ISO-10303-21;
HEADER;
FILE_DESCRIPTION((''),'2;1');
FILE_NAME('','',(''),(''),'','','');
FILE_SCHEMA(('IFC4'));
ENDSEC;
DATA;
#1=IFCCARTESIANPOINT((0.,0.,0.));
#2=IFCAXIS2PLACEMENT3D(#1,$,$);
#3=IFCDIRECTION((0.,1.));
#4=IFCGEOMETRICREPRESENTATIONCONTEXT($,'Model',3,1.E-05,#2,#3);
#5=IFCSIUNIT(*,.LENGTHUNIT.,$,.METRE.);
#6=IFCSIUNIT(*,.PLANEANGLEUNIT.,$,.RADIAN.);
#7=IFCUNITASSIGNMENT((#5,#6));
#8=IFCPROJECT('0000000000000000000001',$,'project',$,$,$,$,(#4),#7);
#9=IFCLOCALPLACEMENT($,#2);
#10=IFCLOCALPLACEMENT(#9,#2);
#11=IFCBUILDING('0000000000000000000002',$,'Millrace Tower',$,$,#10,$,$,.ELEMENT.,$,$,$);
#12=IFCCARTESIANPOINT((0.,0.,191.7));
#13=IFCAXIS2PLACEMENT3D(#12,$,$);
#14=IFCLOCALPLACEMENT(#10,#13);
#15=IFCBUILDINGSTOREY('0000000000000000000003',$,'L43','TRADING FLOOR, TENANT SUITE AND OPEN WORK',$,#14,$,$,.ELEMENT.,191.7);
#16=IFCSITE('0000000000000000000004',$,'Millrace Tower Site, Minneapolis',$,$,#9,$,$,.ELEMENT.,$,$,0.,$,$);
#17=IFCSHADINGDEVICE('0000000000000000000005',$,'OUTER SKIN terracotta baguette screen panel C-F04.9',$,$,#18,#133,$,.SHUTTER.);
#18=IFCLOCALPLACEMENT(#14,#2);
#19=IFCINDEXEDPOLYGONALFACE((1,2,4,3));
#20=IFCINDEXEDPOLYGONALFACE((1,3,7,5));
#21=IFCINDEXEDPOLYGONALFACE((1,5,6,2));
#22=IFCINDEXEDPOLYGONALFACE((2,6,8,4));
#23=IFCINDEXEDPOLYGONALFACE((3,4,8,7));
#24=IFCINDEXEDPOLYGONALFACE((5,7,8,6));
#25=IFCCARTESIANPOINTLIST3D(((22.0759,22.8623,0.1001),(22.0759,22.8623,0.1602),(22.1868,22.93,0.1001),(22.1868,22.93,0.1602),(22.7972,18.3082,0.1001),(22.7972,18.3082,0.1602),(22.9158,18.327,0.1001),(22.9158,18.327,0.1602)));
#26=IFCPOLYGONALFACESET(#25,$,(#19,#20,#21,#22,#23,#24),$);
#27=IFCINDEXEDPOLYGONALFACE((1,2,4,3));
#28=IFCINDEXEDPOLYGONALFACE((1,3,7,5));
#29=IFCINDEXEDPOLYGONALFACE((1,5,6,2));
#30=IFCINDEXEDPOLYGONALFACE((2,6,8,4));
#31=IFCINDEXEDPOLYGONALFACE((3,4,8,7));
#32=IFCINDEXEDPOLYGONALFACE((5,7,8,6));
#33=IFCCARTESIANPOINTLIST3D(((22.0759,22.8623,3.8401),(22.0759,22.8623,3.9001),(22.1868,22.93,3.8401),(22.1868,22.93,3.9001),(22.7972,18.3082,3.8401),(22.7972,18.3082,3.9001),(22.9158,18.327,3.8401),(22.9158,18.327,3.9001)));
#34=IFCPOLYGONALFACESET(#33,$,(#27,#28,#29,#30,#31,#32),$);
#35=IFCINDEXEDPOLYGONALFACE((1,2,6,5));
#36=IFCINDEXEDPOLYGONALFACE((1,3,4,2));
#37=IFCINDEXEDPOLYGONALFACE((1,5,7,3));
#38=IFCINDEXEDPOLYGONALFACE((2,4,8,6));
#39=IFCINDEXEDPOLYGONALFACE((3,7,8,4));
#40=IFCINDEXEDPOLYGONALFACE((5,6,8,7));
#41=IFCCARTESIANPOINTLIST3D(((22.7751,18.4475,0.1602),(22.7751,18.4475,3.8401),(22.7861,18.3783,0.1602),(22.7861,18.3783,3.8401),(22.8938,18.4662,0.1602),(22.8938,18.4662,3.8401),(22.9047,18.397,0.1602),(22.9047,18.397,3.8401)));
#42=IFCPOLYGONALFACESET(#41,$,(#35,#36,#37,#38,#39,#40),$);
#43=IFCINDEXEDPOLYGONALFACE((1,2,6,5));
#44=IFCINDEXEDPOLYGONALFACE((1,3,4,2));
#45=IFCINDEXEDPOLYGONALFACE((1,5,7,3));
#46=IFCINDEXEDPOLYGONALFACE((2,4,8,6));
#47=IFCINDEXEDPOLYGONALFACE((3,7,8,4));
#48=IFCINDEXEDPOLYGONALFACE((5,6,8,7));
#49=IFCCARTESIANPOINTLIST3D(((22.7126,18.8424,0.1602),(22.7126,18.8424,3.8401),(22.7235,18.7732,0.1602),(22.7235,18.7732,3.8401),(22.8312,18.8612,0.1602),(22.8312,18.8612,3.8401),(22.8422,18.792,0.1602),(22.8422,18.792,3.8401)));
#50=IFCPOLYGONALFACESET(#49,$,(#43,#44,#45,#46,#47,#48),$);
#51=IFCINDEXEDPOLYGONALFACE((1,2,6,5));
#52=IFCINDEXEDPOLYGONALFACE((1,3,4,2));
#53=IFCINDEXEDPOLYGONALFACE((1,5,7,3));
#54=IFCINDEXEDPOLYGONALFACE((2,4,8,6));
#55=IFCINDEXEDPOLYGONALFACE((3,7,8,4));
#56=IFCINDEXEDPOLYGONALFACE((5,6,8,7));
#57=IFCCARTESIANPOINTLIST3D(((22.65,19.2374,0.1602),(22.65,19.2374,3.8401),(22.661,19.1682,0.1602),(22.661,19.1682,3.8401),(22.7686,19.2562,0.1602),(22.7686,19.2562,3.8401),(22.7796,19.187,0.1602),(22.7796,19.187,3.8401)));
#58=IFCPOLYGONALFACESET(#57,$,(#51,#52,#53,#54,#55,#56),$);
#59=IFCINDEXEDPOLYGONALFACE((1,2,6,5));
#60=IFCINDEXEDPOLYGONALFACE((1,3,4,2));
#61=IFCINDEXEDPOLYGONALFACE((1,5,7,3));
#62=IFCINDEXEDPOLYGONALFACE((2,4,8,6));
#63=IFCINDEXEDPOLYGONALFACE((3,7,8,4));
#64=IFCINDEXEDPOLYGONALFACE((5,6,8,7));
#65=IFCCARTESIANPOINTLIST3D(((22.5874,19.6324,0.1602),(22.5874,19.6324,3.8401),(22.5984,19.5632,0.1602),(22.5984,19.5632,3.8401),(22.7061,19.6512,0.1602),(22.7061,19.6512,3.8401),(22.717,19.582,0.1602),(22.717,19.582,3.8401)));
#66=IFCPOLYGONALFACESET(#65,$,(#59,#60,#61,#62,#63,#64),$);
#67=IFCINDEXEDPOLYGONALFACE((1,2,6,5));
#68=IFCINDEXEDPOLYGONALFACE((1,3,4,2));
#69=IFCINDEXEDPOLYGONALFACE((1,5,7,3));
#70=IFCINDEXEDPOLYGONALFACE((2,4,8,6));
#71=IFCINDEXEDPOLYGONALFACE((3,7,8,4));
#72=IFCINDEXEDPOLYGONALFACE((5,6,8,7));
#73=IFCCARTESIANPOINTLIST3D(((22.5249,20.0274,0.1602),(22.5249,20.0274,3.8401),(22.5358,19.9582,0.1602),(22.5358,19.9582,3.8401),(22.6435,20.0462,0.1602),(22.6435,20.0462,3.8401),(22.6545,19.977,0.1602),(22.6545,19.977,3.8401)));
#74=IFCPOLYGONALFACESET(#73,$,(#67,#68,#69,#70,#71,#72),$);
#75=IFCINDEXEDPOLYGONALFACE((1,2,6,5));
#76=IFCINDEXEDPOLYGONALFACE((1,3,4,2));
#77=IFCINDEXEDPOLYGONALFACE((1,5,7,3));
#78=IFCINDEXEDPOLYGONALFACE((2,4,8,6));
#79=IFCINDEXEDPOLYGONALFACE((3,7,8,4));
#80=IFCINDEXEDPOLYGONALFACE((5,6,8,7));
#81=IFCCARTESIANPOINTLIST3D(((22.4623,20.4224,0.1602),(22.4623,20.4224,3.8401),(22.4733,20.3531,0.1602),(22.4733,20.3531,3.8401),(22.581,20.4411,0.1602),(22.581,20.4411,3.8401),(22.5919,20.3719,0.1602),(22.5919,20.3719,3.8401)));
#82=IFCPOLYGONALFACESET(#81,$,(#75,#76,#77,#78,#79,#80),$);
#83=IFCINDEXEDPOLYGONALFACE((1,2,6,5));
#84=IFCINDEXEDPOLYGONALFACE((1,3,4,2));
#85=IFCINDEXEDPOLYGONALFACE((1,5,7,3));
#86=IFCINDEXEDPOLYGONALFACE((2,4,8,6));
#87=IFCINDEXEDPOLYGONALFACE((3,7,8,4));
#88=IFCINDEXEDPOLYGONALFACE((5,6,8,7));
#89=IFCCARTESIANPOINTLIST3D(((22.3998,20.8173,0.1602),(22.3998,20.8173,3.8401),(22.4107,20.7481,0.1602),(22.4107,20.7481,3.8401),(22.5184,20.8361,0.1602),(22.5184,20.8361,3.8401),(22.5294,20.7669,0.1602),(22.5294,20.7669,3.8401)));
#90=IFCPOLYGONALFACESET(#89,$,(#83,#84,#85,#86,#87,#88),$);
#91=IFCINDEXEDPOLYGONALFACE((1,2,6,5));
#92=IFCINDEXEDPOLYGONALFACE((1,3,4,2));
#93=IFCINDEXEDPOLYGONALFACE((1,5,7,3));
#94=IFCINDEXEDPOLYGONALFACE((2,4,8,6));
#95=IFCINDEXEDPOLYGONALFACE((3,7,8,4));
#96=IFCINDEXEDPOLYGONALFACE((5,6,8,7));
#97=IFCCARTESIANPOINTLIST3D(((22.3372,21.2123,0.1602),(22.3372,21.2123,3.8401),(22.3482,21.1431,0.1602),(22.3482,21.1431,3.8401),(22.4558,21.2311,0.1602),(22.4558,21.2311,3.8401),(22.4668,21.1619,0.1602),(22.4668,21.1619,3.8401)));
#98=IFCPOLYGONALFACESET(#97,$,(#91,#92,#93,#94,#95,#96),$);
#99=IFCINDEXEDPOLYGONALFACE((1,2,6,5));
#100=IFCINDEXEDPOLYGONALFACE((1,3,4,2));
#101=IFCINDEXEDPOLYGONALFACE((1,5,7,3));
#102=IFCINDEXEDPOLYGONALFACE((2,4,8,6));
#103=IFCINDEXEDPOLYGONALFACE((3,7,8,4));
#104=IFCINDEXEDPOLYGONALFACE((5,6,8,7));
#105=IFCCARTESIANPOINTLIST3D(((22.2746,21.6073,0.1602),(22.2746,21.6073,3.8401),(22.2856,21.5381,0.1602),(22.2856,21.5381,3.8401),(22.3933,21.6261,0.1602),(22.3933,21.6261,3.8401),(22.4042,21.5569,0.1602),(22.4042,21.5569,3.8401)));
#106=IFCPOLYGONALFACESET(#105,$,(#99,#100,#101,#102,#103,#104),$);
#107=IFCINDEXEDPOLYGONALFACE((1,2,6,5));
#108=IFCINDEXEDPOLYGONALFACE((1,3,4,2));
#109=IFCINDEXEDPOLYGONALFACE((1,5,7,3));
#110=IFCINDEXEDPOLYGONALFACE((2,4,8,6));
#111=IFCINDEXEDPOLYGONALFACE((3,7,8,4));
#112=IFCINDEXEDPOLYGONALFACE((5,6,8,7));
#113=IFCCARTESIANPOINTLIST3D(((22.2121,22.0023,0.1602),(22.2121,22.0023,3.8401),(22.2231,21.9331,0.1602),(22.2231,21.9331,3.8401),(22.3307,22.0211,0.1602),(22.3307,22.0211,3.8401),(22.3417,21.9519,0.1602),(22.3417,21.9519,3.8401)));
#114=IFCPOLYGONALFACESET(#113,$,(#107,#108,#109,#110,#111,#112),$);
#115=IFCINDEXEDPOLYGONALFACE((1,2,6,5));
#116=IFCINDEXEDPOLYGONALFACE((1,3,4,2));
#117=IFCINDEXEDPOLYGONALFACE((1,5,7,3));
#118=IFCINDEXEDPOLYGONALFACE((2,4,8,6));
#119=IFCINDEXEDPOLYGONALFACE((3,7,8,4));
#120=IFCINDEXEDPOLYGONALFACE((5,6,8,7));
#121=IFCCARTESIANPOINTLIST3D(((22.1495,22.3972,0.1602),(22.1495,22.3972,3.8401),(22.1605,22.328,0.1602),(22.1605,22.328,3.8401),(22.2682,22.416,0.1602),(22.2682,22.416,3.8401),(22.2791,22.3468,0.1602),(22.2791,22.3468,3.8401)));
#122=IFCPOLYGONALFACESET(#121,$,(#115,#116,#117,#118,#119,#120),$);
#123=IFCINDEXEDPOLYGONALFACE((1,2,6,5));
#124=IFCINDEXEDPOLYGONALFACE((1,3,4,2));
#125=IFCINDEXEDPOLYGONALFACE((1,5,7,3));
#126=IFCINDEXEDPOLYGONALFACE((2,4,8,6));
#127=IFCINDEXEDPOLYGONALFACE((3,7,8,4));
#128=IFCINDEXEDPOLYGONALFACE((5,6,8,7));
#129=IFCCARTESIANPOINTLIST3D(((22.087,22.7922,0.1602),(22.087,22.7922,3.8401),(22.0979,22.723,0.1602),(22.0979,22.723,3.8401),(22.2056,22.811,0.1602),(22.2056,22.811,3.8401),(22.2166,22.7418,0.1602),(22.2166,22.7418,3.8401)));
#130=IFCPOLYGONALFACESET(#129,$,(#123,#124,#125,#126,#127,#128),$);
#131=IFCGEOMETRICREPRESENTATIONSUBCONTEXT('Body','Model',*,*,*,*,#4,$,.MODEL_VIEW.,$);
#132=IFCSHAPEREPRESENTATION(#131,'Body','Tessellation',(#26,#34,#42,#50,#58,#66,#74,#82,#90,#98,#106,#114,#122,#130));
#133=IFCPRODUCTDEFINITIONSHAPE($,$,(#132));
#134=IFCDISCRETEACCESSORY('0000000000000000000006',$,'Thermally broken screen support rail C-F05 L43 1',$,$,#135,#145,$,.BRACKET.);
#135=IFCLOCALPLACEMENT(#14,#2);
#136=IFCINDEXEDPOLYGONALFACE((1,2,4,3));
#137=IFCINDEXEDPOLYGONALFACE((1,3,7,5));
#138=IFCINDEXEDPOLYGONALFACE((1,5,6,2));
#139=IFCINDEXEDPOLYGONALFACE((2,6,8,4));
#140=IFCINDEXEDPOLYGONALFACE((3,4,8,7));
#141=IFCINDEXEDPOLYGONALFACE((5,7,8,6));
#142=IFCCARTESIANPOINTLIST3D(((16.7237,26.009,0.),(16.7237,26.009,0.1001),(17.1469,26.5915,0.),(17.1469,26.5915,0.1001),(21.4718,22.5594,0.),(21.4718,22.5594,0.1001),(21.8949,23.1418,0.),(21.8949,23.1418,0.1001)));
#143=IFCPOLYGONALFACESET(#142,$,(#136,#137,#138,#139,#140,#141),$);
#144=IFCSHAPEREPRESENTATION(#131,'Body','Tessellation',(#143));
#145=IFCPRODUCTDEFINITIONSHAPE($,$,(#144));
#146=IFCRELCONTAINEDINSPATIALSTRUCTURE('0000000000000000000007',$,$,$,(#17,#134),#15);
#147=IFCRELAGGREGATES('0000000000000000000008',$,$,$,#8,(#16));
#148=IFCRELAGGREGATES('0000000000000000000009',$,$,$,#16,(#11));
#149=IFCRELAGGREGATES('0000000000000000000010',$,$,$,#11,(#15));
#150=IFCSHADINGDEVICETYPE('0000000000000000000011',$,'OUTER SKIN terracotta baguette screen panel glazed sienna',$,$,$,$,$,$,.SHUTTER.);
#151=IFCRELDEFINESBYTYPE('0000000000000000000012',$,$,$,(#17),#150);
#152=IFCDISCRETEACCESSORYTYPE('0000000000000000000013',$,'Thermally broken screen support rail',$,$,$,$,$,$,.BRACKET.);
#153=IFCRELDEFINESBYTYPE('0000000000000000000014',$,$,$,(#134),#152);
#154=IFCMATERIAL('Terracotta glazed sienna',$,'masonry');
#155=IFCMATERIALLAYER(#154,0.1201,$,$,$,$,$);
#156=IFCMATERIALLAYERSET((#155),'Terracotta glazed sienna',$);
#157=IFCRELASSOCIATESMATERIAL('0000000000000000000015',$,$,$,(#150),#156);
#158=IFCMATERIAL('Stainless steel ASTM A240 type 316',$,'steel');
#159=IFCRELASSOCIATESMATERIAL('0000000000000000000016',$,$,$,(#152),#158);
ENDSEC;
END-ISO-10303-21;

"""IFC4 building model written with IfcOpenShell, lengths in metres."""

from ifc_helpers import new_model, entity, si_unit, direction, frame, frame_2d, origin, origin_2d, place, context, subcontext, project, spatial, rectangle, extrude, source, transform, mapped, material, layer, layer_set, type_object, element, save


model = new_model("IFC4")

# Units and contexts
model_context = context("Model", 3, precision=1e-05, world=origin(), true_north=direction((0.0, 1.0)))
body_context = subcontext(model_context, "Body", "Model", "MODEL_VIEW")
ifc_project = project(units=[si_unit("LENGTHUNIT", "METRE"), si_unit("PLANEANGLEUNIT", "RADIAN")], contexts=[model_context])

# Site, building, storey
site_placement = place(None, origin())
site = spatial("IfcSite", under=ifc_project, at=site_placement, Name="Millrace Tower Site, Minneapolis", CompositionType="ELEMENT", RefElevation=0.0)
building_placement = place(site_placement, origin())
building = spatial("IfcBuilding", under=site, at=building_placement, Name="Millrace Tower", CompositionType="ELEMENT")
storey_placement = place(building_placement, frame((0.0, 0.0, 191.7)))
storey = spatial("IfcBuildingStorey", under=building, at=storey_placement, Name="L43", Description="TRADING FLOOR, TENANT SUITE AND OPEN WORK", CompositionType="ELEMENT", Elevation=191.7)

# Shading device
ifc_material_1 = material(Name="Terracotta glazed sienna", Category="masonry")
ifc_layer_1 = layer(ifc_material_1, 0.1201)
ifc_layer_set_1 = layer_set([ifc_layer_1], Name="Terracotta glazed sienna")
shading_device_type = type_object("IfcShadingDeviceType", Name="OUTER SKIN terracotta baguette screen panel glazed sienna", PredefinedType="SHUTTER", material=ifc_layer_set_1)
cartesian_point_1 = entity("IfcCartesianPoint", [-2.3179, 0.0601])
shared_polyline_1 = entity("IfcPolyline", [cartesian_point_1, entity("IfcCartesianPoint", [2.293, 0.0601]), entity("IfcCartesianPoint", [2.3425, -0.0601]), entity("IfcCartesianPoint", [-2.3179, -0.0601]), cartesian_point_1])
shared_shape_1 = source(origin(), body_context, "Body", "SweptSolid", [
    entity("IfcExtrudedAreaSolid", entity("IfcArbitraryClosedProfileDef", "AREA", None, shared_polyline_1), entity("IfcAxis2Placement3D", entity("IfcCartesianPoint", [0.0, 0.0, 0.0])), entity("IfcDirection", [0.0, 0.0, 1.0]), 0.0601),
    entity("IfcExtrudedAreaSolid", entity("IfcArbitraryClosedProfileDef", "AREA", None, shared_polyline_1), entity("IfcAxis2Placement3D", entity("IfcCartesianPoint", [0.0, 0.0, 3.74])), entity("IfcDirection", [0.0, 0.0, 1.0]), 0.0601),
    extrude(rectangle(XDim=0.0701, YDim=0.1201, at=frame_2d((-2.2119, 0.0))), frame((0.0, 0.0, 0.0601)), (0.0, 0.0, 1.0), 3.6799),
    extrude(rectangle(XDim=0.0701, YDim=0.1201, at=frame_2d((-1.812, 0.0))), frame((0.0, 0.0, 0.0601)), (0.0, 0.0, 1.0), 3.6799),
    extrude(rectangle(XDim=0.0701, YDim=0.1201, at=frame_2d((-1.4121, 0.0))), frame((0.0, 0.0, 0.0601)), (0.0, 0.0, 1.0), 3.6799),
    extrude(rectangle(XDim=0.0701, YDim=0.1201, at=frame_2d((-1.0122, 0.0))), frame((0.0, 0.0, 0.0601)), (0.0, 0.0, 1.0), 3.6799),
    extrude(rectangle(XDim=0.0701, YDim=0.1201, at=frame_2d((-0.6123, 0.0))), frame((0.0, 0.0, 0.0601)), (0.0, 0.0, 1.0), 3.6799),
    extrude(rectangle(XDim=0.0701, YDim=0.1201, at=frame_2d((-0.2124, 0.0))), frame((0.0, 0.0, 0.0601)), (0.0, 0.0, 1.0), 3.6799),
    extrude(rectangle(XDim=0.0701, YDim=0.1201, at=frame_2d((0.1875, 0.0))), frame((0.0, 0.0, 0.0601)), (0.0, 0.0, 1.0), 3.6799),
    extrude(rectangle(XDim=0.0701, YDim=0.1201, at=frame_2d((0.5874, 0.0))), frame((0.0, 0.0, 0.0601)), (0.0, 0.0, 1.0), 3.6799),
    extrude(rectangle(XDim=0.0701, YDim=0.1201, at=frame_2d((0.9873, 0.0))), frame((0.0, 0.0, 0.0601)), (0.0, 0.0, 1.0), 3.6799),
    extrude(rectangle(XDim=0.0701, YDim=0.1201, at=frame_2d((1.3872, 0.0))), frame((0.0, 0.0, 0.0601)), (0.0, 0.0, 1.0), 3.6799),
    extrude(rectangle(XDim=0.0701, YDim=0.1201, at=frame_2d((1.7871, 0.0))), frame((0.0, 0.0, 0.0601)), (0.0, 0.0, 1.0), 3.6799),
    extrude(rectangle(XDim=0.0701, YDim=0.1201, at=frame_2d((2.187, 0.0))), frame((0.0, 0.0, 0.0601)), (0.0, 0.0, 1.0), 3.6799),
])
shading_device_1_placement = place(storey_placement, frame((22.4939, 20.6069, 0.1001), z_axis=(0.0, 0.0, 1.0), x_axis=(-0.156434, 0.987688, 0.0)))
element("IfcShadingDevice", 1, at=shading_device_1_placement, inside=storey, type_object=shading_device_type, Name="OUTER SKIN terracotta baguette screen panel C-F04.9", PredefinedType="SHUTTER", context=body_context, shape_type="MappedRepresentation", body=[
    mapped(shared_shape_1, transform((0.0, 0.0, 0.0), scale=1.0)),
])

# Discrete accessory
ifc_material_2 = material(Name="Stainless steel ASTM A240 type 316", Category="steel")
discrete_accessory_type = type_object("IfcDiscreteAccessoryType", Name="Thermally broken screen support rail", PredefinedType="BRACKET", material=ifc_material_2)
discrete_accessory_placement = place(storey_placement, frame((19.3093, 24.5754, 0.0), z_axis=(0.0, 0.0, 1.0), x_axis=(-0.809017, 0.587785, 0.0)))
element("IfcDiscreteAccessory", 2, at=discrete_accessory_placement, inside=storey, type_object=discrete_accessory_type, Name="Thermally broken screen support rail C-F05 L43 1", PredefinedType="BRACKET", context=body_context, shape_type="SweptSolid", body=[
    extrude(rectangle(XDim=5.8689, YDim=0.72, at=origin_2d()), origin(), (0.0, 0.0, 1.0), 0.1001),
])

save(model, "model.ifc")
